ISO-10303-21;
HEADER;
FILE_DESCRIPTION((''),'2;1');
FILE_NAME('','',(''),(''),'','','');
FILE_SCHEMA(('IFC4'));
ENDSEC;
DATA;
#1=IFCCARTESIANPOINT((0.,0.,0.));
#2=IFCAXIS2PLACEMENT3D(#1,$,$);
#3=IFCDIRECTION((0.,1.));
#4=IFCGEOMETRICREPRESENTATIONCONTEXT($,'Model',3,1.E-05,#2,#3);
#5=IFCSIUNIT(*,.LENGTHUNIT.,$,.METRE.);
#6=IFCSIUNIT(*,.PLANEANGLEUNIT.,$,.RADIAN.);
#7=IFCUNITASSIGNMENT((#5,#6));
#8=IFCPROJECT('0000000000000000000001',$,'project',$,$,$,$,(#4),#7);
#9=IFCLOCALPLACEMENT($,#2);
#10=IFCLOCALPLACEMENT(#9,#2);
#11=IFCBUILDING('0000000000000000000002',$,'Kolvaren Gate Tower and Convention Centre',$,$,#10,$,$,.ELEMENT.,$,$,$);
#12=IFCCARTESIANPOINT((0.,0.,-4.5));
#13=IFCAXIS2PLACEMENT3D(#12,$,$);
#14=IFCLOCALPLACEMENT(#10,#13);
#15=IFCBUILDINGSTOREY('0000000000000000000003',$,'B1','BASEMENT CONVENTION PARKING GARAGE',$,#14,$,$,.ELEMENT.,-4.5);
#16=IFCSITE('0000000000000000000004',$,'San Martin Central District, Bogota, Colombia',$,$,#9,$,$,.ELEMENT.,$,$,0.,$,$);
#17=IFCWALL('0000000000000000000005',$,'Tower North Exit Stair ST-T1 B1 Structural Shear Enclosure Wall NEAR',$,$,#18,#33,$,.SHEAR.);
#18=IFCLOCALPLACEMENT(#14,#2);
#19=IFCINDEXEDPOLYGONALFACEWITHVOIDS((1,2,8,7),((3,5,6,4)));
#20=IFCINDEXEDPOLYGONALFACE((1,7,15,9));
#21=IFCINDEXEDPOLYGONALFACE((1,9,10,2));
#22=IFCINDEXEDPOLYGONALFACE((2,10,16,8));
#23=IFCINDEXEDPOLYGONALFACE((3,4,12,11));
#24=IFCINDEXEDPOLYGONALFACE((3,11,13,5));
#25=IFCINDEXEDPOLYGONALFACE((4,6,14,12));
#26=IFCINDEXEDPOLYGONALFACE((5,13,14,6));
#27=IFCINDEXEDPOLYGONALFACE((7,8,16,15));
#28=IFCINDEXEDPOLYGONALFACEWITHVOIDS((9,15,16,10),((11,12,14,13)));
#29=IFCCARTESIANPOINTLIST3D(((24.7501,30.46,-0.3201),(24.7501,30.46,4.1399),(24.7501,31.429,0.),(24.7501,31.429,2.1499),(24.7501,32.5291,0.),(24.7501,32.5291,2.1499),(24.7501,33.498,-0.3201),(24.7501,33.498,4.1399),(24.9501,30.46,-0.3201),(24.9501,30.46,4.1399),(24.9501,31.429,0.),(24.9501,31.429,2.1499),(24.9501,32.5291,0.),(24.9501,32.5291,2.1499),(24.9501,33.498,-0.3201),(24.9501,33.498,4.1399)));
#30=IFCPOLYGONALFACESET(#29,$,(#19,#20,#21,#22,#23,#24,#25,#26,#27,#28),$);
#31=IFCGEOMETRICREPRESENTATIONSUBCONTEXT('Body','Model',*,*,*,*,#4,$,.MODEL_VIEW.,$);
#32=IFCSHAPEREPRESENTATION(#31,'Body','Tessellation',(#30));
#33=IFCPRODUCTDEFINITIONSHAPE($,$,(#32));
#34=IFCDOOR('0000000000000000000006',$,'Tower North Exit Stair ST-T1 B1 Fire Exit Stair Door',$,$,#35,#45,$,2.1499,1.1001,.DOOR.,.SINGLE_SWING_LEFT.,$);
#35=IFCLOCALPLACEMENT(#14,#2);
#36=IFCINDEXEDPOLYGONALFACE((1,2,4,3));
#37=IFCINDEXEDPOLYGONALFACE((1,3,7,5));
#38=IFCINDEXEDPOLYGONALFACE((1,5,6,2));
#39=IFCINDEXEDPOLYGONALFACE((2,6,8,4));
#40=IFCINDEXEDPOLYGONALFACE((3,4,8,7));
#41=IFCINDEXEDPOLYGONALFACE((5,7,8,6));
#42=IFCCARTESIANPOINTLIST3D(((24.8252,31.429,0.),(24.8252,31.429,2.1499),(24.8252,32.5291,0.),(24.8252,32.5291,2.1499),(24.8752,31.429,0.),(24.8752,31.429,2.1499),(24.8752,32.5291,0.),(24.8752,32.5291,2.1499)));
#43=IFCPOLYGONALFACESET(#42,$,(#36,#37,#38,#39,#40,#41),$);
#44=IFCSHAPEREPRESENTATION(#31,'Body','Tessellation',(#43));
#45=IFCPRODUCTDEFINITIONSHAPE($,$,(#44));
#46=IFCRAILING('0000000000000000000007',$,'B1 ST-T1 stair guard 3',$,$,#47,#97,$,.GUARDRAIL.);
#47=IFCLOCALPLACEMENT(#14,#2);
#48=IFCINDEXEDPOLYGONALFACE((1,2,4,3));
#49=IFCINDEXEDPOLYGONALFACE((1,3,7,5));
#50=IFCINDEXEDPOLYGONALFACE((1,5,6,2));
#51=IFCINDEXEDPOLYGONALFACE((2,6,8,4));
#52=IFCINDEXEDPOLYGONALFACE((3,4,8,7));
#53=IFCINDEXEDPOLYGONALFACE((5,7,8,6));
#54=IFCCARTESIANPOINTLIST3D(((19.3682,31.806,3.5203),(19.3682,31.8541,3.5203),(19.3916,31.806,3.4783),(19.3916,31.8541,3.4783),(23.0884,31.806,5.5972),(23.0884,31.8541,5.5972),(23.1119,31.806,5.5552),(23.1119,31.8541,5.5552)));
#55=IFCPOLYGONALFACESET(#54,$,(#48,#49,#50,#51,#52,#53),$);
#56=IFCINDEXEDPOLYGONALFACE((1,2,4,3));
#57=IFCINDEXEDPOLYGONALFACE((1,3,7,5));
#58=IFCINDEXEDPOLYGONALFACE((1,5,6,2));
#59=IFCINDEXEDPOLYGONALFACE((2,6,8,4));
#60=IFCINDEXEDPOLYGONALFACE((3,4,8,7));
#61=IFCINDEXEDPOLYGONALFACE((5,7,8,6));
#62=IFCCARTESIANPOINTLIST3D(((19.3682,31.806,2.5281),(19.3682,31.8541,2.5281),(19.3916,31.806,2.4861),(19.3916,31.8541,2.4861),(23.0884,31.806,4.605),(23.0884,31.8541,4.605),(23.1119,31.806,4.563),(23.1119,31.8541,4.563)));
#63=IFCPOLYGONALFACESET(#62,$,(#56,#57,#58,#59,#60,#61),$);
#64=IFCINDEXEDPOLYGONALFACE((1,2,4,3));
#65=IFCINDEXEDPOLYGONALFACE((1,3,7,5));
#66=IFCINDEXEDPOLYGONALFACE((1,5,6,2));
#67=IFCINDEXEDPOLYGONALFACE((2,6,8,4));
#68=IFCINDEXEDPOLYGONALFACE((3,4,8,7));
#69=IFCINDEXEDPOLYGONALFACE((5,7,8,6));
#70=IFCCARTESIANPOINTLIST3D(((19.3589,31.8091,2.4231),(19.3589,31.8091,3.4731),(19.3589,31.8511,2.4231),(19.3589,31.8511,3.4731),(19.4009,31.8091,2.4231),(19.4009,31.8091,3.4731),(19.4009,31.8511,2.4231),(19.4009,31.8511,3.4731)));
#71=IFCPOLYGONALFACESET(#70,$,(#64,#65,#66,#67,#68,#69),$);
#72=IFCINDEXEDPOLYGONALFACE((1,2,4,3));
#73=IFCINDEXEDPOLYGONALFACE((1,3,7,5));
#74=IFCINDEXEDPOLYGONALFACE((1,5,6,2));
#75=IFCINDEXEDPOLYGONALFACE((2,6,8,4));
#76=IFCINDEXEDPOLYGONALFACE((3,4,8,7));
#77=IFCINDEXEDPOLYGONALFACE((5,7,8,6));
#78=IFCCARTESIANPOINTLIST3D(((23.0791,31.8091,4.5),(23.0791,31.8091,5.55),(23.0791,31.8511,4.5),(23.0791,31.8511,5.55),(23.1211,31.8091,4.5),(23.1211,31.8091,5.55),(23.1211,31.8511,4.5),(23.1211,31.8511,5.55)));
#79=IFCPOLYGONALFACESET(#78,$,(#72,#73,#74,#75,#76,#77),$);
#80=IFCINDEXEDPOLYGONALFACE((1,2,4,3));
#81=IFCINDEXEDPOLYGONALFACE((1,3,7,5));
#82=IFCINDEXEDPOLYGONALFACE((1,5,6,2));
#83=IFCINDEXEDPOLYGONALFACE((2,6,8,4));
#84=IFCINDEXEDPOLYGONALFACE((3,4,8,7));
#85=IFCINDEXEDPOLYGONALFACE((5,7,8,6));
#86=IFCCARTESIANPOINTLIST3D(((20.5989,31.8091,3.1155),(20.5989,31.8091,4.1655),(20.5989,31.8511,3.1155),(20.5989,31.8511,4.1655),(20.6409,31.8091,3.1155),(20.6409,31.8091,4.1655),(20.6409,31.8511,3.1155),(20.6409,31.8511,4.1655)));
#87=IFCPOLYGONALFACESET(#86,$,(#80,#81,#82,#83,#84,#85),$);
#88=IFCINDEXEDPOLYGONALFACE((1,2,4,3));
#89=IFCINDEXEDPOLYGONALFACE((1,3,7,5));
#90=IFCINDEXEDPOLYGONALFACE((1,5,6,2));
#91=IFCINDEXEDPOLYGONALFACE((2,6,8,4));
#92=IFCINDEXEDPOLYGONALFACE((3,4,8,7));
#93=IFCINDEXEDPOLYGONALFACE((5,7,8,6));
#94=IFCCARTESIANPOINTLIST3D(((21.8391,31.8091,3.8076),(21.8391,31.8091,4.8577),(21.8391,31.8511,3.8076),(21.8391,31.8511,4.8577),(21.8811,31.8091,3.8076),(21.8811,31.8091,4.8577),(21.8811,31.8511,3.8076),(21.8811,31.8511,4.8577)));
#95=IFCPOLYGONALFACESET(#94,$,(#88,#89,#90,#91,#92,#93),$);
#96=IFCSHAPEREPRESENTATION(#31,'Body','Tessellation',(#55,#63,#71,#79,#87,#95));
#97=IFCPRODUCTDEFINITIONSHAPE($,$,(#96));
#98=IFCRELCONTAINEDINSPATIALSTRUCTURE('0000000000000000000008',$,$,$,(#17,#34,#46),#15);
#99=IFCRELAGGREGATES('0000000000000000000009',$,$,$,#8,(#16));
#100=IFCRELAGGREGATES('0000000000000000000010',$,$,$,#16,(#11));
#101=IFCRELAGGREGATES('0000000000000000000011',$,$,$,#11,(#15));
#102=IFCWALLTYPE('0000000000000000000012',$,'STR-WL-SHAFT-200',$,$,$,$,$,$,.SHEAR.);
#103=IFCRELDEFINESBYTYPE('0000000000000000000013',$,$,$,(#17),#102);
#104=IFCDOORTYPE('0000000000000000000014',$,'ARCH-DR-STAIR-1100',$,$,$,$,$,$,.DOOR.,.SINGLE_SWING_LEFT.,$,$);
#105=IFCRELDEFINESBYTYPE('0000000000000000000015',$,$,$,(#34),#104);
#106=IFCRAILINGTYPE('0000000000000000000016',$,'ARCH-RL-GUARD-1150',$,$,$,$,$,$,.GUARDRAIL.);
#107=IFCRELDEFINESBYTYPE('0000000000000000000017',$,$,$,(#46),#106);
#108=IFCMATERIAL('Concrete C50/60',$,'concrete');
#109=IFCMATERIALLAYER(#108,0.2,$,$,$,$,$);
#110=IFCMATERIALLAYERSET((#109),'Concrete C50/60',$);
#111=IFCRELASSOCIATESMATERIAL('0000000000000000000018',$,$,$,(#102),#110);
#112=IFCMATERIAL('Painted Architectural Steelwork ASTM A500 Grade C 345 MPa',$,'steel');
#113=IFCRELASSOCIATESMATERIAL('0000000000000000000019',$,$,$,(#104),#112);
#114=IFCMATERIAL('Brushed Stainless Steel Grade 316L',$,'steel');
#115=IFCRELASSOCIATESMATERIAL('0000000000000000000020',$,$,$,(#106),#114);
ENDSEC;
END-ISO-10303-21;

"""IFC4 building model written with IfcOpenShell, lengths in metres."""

from ifc_helpers import new_model, si_unit, direction, frame, frame_2d, origin, origin_2d, place, context, subcontext, project, spatial, rectangle, extrude, material, layer, layer_set, type_object, element, fill, save


model = new_model("IFC4")

# Units and contexts
model_context = context("Model", 3, precision=1e-05, world=origin(), true_north=direction((0.0, 1.0)))
body_context = subcontext(model_context, "Body", "Model", "MODEL_VIEW")
ifc_project = project(units=[si_unit("LENGTHUNIT", "METRE"), si_unit("PLANEANGLEUNIT", "RADIAN")], contexts=[model_context])

# Site, building, storey
site_placement = place(None, origin())
site = spatial("IfcSite", under=ifc_project, at=site_placement, Name="San Martin Central District, Bogota, Colombia", CompositionType="ELEMENT", RefElevation=0.0)
building_placement = place(site_placement, origin())
building = spatial("IfcBuilding", under=site, at=building_placement, Name="Kolvaren Gate Tower and Convention Centre", CompositionType="ELEMENT")
storey_placement = place(building_placement, frame((0.0, 0.0, -4.5)))
storey = spatial("IfcBuildingStorey", under=building, at=storey_placement, Name="B1", Description="BASEMENT CONVENTION PARKING GARAGE", CompositionType="ELEMENT", Elevation=-4.5)

# Shared definitions
ifc_material_1 = material(Name="Brushed Stainless Steel Grade 316L", Category="steel")

# Wall, opening, door
ifc_material_2 = material(Name="Concrete C50/60", Category="concrete")
ifc_layer_1 = layer(ifc_material_2, 0.2)
ifc_layer_set_1 = layer_set([ifc_layer_1], Name="Concrete C50/60")
wall_type_1 = type_object("IfcWallType", Name="STR-WL-SHAFT-200", PredefinedType="SHEAR", material=ifc_layer_set_1)
wall_1_placement = place(storey_placement, frame((24.8501, 30.46, -0.3201), z_axis=(0.0, 0.0, 1.0), x_axis=(0.0, 1.0, 0.0)))
wall_1 = element("IfcWall", 1, at=wall_1_placement, inside=storey, type_object=wall_type_1, Name="Tower North Exit Stair ST-T1 B1 Structural Shear Enclosure Wall NEAR", PredefinedType="SHEAR", context=body_context, shape_type="SweptSolid", body=[
    extrude(rectangle(XDim=3.0381, YDim=0.2, at=frame_2d((1.519, 0.0))), origin(), (0.0, 0.0, 1.0), 4.46),
])
opening_1_placement = place(wall_1_placement, frame((0.969, 0.0, 0.3201)))
opening_1 = element("IfcOpeningElement", 2, at=opening_1_placement, cuts=wall_1, PredefinedType="OPENING", context=body_context, shape_type="SweptSolid", body=[
    extrude(rectangle(XDim=1.1001, YDim=2.1499, at=frame_2d((0.55, 1.075))), frame((0.0, 0.1099, 0.0), z_axis=(0.0, -1.0, 0.0), x_axis=(1.0, 0.0, 0.0)), (0.0, 0.0, 1.0), 0.22),
])
ifc_material_3 = material(Name="Painted Architectural Steelwork ASTM A500 Grade C 345 MPa", Category="steel")
door_type_1 = type_object("IfcDoorType", Name="ARCH-DR-STAIR-1100", OperationType="SINGLE_SWING_LEFT", PredefinedType="DOOR", material=ifc_material_3)
door_1_placement = place(opening_1_placement, origin())
door_1 = element("IfcDoor", 3, at=door_1_placement, inside=storey, type_object=door_type_1, Name="Tower North Exit Stair ST-T1 B1 Fire Exit Stair Door", OperationType="SINGLE_SWING_LEFT", OverallHeight=2.1499, OverallWidth=1.1001, PredefinedType="DOOR", context=body_context, shape_type="SweptSolid", body=[
    extrude(rectangle(XDim=1.1001, YDim=2.1499, at=frame_2d((0.55, 1.075))), frame((0.0, 0.0249, 0.0), z_axis=(0.0, -1.0, 0.0), x_axis=(1.0, 0.0, 0.0)), (0.0, 0.0, 1.0), 0.05),
])
fill(opening_1, door_1)

# Railing
railing_type = type_object("IfcRailingType", Name="ARCH-RL-GUARD-1150", PredefinedType="GUARDRAIL", material=ifc_material_1)
railing_placement = place(storey_placement, frame((19.3799, 31.8301, 2.4231)))
element("IfcRailing", 4, at=railing_placement, inside=storey, type_object=railing_type, Name="B1 ST-T1 stair guard 3", PredefinedType="GUARDRAIL", context=body_context, shape_type="SweptSolid", body=[
    extrude(rectangle(XDim=0.0481, YDim=0.0481, at=origin_2d()), frame((0.0, 0.0, 1.0762), z_axis=(0.873147, 0.0, 0.487457), x_axis=(0.0, 1.0, 0.0)), (0.0, 0.0, 1.0), 4.2607),
    extrude(rectangle(XDim=0.0481, YDim=0.0481, at=origin_2d()), frame((0.0, 0.0, 0.084), z_axis=(0.873147, 0.0, 0.487457), x_axis=(0.0, 1.0, 0.0)), (0.0, 0.0, 1.0), 4.2607),
    extrude(rectangle(XDim=0.042, YDim=0.042, at=origin_2d()), origin(), (0.0, 0.0, 1.0), 1.05),
    extrude(rectangle(XDim=0.042, YDim=0.042, at=origin_2d()), frame((3.7202, 0.0, 2.0769)), (0.0, 0.0, 1.0), 1.05),
    extrude(rectangle(XDim=0.042, YDim=0.042, at=origin_2d()), frame((1.24, 0.0, 0.6924)), (0.0, 0.0, 1.0), 1.05),
    extrude(rectangle(XDim=0.042, YDim=0.042, at=origin_2d()), frame((2.4802, 0.0, 1.3845)), (0.0, 0.0, 1.0), 1.05),
])

save(model, "model.ifc")
